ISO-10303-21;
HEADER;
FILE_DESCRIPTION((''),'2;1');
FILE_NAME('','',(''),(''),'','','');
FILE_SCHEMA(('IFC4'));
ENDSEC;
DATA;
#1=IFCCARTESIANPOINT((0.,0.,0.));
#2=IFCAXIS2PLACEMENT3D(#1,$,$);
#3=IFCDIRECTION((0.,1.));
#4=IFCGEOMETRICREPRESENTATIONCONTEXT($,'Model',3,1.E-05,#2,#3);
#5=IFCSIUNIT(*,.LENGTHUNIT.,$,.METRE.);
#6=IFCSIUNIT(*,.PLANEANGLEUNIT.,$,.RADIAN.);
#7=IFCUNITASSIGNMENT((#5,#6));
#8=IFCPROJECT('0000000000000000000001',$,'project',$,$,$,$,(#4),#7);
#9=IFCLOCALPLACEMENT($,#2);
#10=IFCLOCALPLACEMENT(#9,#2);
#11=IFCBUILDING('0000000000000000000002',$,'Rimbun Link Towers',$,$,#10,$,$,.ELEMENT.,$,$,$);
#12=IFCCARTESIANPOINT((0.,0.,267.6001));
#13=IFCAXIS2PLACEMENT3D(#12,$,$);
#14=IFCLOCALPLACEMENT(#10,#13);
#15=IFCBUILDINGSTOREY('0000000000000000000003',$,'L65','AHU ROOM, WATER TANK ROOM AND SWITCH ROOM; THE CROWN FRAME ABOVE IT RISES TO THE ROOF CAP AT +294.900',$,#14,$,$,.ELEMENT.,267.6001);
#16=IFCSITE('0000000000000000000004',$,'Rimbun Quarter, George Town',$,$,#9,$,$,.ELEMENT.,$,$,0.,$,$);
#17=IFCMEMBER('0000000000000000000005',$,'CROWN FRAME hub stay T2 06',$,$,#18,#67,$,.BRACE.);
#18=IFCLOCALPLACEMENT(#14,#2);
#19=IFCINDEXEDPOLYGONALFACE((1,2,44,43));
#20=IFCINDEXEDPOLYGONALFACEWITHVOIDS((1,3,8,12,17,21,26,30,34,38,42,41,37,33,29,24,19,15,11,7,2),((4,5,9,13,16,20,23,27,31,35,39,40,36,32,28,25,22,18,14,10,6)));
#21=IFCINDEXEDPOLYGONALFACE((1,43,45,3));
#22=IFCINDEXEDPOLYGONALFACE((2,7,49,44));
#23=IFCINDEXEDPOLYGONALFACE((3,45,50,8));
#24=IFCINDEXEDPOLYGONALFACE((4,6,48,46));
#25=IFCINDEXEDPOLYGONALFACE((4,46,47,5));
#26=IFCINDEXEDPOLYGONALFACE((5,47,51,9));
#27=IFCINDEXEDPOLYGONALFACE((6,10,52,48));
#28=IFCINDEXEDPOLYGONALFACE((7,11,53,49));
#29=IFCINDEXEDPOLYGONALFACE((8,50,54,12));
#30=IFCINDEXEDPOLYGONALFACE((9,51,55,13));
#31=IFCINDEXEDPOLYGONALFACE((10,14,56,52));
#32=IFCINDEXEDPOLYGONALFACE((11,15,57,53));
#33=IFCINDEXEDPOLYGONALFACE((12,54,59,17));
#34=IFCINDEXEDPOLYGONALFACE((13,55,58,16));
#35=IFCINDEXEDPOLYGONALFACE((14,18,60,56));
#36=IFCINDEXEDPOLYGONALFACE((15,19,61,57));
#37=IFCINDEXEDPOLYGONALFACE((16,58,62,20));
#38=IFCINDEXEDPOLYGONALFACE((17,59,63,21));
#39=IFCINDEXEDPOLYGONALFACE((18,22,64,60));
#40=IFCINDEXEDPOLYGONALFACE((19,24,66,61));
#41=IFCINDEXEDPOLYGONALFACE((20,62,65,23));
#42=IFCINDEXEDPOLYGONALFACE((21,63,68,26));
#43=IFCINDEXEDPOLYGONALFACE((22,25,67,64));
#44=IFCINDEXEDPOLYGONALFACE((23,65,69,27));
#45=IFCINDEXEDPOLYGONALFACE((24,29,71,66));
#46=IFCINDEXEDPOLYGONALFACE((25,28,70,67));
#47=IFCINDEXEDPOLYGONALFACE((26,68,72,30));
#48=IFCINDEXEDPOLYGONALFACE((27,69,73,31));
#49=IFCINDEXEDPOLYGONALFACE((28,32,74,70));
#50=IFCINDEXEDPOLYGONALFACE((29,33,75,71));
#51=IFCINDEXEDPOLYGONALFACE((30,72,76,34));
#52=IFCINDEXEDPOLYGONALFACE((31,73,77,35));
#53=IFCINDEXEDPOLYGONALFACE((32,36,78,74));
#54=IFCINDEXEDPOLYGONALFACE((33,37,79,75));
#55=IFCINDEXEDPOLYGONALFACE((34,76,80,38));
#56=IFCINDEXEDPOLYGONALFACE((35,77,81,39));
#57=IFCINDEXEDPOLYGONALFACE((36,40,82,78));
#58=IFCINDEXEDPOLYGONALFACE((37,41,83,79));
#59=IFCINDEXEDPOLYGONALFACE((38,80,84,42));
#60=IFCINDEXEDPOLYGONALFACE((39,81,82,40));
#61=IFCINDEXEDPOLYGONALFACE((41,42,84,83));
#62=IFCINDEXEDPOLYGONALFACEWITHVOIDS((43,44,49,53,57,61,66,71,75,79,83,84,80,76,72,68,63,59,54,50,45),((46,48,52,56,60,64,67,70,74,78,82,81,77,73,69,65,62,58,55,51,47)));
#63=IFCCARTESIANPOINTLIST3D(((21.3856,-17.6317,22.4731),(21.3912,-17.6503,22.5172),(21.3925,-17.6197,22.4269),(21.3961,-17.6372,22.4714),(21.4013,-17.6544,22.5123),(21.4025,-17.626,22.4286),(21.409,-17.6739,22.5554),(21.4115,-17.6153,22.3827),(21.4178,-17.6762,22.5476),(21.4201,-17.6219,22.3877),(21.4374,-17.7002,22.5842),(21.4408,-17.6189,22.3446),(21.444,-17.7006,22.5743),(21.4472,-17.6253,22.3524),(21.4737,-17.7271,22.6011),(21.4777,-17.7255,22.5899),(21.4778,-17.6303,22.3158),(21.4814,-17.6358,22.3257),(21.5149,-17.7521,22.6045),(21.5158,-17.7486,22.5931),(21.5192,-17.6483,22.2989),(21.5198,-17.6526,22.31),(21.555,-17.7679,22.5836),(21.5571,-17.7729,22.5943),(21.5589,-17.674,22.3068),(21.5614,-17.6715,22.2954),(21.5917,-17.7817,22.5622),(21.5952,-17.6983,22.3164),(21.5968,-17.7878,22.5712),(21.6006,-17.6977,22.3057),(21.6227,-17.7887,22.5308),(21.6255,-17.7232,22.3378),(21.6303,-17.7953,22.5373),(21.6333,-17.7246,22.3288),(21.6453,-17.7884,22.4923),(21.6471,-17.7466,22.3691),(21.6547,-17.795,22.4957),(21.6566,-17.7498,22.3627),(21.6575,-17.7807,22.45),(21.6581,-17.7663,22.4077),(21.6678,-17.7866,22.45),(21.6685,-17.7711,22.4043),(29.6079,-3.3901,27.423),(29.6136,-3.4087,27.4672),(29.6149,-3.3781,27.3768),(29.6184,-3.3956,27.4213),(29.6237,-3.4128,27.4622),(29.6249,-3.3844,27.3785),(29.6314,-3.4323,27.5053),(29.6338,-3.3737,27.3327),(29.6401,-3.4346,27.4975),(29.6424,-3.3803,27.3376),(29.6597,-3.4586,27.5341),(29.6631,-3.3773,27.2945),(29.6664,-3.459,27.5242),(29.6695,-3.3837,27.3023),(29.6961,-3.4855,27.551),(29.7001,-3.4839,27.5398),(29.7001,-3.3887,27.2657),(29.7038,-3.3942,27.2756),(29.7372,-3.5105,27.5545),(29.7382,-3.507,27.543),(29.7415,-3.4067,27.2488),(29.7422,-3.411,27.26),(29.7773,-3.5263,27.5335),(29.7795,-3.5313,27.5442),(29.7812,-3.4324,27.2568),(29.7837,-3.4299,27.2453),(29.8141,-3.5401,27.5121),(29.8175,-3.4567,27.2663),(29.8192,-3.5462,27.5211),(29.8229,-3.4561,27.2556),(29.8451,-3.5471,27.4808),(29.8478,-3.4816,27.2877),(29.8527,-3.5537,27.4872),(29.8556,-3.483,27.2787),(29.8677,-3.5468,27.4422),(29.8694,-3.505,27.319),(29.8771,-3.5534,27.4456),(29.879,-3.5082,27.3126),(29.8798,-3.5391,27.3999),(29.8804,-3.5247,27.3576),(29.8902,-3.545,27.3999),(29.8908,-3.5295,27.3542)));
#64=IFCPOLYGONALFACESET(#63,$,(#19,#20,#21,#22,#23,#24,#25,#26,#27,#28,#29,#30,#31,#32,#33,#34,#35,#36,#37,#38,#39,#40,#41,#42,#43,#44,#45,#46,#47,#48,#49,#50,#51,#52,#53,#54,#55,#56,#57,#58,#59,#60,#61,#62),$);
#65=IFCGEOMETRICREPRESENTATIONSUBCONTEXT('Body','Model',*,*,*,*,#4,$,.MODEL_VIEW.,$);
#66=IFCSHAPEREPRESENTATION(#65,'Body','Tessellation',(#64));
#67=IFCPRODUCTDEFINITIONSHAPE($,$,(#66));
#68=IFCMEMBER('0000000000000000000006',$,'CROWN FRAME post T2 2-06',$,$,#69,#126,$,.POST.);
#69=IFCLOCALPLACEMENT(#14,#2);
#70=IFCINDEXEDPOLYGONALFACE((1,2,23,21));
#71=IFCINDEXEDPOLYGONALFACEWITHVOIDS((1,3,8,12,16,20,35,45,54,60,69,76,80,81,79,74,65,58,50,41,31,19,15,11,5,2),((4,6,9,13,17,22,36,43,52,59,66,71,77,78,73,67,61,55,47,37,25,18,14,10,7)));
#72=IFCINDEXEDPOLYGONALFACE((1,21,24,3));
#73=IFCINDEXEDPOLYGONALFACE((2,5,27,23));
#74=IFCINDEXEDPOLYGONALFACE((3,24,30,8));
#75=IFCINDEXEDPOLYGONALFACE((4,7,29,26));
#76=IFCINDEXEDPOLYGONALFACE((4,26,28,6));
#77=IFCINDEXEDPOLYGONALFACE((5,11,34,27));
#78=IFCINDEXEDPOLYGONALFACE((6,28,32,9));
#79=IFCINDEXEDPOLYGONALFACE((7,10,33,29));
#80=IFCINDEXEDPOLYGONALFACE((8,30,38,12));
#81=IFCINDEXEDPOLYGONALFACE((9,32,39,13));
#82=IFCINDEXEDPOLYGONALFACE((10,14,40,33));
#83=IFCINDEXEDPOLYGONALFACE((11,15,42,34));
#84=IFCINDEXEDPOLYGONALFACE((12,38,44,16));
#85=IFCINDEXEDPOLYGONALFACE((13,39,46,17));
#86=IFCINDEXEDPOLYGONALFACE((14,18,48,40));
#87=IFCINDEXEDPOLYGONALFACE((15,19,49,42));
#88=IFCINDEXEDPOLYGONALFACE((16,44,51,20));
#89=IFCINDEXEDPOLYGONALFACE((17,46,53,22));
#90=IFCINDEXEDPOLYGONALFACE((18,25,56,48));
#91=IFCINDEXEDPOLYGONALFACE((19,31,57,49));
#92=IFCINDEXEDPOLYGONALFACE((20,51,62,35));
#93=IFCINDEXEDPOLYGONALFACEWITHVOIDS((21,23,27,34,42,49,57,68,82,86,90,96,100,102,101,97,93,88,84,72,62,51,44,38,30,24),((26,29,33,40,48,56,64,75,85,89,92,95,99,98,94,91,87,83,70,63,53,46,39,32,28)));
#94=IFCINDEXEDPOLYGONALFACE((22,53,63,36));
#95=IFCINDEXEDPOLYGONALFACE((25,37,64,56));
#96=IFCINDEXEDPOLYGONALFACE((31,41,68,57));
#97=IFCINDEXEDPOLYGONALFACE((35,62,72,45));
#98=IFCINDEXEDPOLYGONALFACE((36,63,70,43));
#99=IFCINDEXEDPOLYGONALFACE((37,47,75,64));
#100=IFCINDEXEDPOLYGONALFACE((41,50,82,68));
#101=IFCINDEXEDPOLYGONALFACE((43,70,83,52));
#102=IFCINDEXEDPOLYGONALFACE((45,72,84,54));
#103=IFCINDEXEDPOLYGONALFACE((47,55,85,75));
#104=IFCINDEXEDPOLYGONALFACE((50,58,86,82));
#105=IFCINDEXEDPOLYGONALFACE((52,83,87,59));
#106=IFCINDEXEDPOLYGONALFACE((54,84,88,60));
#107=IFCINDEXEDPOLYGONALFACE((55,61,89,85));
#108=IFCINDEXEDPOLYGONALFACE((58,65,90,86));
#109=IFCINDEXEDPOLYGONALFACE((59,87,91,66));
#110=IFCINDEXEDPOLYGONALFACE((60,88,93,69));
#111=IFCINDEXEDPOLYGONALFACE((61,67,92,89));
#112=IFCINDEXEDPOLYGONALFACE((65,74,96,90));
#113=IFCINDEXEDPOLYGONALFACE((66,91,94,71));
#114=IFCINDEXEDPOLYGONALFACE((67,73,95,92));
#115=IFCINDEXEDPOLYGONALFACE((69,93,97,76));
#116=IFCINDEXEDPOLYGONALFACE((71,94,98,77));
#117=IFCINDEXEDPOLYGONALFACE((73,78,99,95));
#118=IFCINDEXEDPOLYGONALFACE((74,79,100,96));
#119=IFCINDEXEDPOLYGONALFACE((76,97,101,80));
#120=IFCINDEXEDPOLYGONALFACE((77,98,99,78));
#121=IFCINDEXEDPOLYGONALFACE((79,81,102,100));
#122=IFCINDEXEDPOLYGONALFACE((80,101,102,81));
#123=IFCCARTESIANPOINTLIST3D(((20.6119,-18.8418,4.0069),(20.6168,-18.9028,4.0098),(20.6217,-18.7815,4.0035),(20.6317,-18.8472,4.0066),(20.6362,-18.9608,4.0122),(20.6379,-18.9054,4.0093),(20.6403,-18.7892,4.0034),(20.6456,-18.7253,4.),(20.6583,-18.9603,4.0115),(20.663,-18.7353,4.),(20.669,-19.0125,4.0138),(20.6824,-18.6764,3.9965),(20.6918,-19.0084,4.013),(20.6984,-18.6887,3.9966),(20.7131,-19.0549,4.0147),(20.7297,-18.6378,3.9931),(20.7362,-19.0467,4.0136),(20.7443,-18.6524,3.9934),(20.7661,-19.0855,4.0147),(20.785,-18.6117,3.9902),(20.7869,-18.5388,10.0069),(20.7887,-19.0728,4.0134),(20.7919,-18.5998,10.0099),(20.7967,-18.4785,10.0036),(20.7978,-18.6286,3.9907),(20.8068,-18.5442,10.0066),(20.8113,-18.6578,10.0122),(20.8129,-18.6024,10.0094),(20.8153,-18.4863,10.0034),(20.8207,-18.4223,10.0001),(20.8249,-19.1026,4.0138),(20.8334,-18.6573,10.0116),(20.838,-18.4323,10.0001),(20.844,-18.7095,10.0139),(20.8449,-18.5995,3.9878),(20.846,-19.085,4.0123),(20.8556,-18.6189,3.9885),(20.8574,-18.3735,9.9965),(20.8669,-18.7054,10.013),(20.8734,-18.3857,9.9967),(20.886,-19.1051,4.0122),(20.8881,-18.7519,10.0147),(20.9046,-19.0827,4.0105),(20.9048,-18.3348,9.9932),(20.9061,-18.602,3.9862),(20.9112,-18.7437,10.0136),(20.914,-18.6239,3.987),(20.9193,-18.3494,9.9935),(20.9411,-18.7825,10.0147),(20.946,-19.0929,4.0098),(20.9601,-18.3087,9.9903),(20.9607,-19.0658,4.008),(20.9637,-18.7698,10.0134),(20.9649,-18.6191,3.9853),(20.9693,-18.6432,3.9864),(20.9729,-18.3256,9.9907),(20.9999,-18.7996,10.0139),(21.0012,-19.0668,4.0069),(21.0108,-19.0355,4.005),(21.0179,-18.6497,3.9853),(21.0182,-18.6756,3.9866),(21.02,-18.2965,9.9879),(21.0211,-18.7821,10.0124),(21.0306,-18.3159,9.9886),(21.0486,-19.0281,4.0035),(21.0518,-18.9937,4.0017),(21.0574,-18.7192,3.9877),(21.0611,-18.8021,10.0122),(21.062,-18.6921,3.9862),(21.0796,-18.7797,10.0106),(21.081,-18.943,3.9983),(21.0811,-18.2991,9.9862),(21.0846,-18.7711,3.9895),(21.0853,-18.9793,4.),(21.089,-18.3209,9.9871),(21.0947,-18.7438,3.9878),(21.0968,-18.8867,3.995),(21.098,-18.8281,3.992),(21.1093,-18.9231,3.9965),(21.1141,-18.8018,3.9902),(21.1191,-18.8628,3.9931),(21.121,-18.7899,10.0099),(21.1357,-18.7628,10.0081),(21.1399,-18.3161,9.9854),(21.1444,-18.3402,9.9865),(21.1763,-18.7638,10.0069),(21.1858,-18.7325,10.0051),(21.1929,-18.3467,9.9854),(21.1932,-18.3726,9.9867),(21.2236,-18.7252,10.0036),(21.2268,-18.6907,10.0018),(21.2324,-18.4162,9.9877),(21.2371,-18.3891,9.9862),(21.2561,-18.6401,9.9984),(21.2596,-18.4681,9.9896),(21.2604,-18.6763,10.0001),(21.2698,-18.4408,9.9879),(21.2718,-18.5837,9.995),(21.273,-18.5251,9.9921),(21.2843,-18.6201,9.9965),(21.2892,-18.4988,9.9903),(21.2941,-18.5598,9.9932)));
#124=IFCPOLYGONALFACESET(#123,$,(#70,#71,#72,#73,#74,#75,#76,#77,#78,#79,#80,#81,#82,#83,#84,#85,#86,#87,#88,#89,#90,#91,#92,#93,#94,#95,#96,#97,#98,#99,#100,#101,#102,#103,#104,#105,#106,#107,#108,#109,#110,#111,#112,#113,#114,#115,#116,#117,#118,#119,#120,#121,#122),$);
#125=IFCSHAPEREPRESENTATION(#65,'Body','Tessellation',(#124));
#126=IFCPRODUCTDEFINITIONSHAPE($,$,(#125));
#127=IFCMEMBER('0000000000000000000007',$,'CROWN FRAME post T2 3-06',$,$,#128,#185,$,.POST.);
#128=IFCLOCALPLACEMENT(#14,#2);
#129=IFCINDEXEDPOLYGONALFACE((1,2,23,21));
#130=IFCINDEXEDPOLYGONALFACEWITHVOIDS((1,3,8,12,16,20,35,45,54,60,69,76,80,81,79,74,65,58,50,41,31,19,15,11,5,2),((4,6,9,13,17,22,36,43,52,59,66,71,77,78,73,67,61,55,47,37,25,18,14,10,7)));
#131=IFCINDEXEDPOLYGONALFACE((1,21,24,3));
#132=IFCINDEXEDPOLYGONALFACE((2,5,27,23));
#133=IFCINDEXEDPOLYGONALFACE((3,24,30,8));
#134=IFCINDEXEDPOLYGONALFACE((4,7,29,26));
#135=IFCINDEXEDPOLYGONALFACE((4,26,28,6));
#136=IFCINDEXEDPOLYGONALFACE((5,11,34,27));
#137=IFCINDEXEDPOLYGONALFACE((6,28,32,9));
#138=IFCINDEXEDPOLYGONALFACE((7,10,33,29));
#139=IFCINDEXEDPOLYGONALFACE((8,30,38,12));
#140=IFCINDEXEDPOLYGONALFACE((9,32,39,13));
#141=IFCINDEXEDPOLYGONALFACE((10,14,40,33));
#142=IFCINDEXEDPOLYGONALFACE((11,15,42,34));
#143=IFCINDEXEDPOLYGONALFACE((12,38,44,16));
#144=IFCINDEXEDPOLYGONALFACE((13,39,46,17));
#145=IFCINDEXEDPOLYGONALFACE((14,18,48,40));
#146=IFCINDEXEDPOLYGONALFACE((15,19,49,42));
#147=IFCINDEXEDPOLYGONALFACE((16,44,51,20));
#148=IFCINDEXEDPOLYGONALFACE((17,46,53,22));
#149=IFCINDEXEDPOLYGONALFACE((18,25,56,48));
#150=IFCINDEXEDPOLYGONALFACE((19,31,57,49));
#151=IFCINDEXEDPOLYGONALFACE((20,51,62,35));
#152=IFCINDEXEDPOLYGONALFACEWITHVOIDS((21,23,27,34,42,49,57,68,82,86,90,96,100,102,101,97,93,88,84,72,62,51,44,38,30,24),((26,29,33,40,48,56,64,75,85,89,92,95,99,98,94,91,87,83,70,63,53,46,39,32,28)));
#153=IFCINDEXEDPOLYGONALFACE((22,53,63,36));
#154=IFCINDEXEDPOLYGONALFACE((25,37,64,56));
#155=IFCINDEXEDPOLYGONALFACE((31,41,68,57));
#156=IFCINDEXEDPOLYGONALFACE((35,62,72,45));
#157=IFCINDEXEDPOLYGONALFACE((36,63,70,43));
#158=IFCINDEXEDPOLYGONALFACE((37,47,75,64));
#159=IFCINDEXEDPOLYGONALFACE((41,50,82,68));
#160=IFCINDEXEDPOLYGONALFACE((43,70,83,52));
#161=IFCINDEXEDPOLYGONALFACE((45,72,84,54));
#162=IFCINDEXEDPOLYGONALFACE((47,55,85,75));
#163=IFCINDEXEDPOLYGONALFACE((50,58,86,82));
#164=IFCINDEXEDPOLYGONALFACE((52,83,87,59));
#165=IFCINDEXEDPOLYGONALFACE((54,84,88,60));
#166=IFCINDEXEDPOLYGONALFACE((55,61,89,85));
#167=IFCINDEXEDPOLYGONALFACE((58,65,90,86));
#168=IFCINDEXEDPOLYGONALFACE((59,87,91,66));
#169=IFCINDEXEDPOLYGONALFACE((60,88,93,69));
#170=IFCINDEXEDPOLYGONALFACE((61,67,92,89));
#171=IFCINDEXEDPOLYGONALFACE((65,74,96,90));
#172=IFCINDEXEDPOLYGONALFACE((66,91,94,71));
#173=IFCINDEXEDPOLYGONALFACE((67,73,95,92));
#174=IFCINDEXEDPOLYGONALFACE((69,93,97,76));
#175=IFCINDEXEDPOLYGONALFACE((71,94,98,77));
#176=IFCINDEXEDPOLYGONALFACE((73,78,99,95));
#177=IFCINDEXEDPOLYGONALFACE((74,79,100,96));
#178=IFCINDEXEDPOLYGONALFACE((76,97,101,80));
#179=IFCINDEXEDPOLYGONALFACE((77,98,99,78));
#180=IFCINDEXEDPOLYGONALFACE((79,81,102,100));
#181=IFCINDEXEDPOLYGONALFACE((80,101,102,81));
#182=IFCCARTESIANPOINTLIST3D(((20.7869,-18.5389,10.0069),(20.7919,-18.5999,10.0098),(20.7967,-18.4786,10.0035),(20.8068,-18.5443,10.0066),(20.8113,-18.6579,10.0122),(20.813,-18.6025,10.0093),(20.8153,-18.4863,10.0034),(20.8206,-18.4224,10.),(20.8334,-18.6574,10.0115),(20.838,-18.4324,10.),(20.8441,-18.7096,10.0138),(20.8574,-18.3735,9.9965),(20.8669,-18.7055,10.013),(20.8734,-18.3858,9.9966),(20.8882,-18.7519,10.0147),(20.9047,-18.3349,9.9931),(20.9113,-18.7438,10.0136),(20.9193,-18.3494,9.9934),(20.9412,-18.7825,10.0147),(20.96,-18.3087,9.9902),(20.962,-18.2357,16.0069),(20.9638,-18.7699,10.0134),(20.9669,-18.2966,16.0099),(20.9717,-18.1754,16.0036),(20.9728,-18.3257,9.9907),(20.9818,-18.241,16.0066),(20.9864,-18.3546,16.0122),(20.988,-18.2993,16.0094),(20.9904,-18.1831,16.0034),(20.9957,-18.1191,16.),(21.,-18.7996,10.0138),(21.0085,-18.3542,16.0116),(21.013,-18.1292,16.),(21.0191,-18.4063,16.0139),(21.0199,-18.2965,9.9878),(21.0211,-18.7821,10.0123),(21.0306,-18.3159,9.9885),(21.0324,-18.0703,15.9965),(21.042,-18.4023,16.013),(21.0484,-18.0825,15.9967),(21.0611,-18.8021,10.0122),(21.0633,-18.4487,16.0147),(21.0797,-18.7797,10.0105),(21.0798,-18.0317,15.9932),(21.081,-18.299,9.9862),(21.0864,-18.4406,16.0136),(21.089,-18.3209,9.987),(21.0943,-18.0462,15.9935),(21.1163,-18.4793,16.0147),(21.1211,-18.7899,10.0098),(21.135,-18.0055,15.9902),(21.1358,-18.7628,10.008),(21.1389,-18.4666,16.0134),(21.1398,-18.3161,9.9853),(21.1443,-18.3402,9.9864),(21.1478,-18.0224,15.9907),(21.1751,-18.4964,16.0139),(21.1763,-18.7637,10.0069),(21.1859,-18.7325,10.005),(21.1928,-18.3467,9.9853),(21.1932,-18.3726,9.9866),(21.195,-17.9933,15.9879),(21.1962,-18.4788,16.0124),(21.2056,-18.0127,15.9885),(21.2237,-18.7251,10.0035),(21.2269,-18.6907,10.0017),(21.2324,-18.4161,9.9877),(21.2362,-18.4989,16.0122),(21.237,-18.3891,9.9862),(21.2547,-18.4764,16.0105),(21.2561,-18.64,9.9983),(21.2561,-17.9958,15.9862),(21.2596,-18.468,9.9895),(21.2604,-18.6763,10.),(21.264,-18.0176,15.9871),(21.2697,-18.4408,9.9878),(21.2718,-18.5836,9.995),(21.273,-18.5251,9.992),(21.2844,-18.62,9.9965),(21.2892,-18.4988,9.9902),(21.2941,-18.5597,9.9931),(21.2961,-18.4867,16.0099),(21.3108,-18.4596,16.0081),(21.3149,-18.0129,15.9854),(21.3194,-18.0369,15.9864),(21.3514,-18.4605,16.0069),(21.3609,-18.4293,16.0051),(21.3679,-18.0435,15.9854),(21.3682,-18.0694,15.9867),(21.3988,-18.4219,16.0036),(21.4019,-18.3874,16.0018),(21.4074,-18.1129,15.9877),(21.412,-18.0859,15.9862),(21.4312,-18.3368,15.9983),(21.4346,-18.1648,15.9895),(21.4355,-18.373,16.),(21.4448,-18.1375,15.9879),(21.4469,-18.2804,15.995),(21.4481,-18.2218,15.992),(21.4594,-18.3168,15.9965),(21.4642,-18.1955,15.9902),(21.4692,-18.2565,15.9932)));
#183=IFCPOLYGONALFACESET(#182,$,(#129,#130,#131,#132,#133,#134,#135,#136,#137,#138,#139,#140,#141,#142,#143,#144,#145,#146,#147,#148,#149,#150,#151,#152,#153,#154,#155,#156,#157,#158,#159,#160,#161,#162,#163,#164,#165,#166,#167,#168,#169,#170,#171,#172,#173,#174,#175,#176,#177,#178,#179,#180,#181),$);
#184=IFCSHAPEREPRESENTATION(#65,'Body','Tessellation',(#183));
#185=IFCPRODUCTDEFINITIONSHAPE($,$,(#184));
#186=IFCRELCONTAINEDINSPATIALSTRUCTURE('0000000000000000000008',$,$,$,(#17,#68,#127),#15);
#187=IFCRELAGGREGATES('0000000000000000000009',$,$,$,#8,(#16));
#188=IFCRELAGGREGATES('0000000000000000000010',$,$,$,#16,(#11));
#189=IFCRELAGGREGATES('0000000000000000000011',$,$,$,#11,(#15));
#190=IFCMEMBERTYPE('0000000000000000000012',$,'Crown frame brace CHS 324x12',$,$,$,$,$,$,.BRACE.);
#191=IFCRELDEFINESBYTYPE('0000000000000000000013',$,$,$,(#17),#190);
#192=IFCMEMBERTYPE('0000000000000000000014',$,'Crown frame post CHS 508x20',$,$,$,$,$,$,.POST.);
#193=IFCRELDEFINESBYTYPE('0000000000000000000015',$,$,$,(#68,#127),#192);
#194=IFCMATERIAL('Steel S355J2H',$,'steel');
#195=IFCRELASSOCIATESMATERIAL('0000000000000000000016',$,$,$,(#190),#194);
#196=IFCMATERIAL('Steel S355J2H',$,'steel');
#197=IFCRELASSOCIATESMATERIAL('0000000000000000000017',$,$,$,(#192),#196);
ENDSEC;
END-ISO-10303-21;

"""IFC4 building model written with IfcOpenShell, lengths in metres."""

from ifc_helpers import new_model, si_unit, direction, frame, origin, origin_2d, place, context, subcontext, project, spatial, hollow_circle, extrude, material, material_profile, profile_set, type_object, element, save


model = new_model("IFC4")

# Units and contexts
model_context = context("Model", 3, precision=1e-05, world=origin(), true_north=direction((0.0, 1.0)))
body_context = subcontext(model_context, "Body", "Model", "MODEL_VIEW")
ifc_project = project(units=[si_unit("LENGTHUNIT", "METRE"), si_unit("PLANEANGLEUNIT", "RADIAN")], contexts=[model_context])

# Site, building, storey
site_placement = place(None, origin())
site = spatial("IfcSite", under=ifc_project, at=site_placement, Name="Rimbun Quarter, George Town", CompositionType="ELEMENT", RefElevation=0.0)
building_placement = place(site_placement, origin())
building = spatial("IfcBuilding", under=site, at=building_placement, Name="Rimbun Link Towers", CompositionType="ELEMENT")
storey_placement = place(building_placement, frame((0.0, 0.0, 267.6001)))
storey = spatial("IfcBuildingStorey", under=building, at=storey_placement, Name="L65", Description="AHU ROOM, WATER TANK ROOM AND SWITCH ROOM; THE CROWN FRAME ABOVE IT RISES TO THE ROOF CAP AT +294.900", CompositionType="ELEMENT", Elevation=267.6001)

# Members
ifc_material_1 = material(Name="Steel S355J2H", Category="steel")
ifc_material_profile_1 = material_profile(ifc_material_1, hollow_circle(Radius=0.1619, WallThickness=0.012, at=origin_2d()), Name="Crown frame brace CHS 324x12")
ifc_profile_set_1 = profile_set([ifc_material_profile_1], Name="Steel S355J2H")
member_type_1 = type_object("IfcMemberType", Name="Crown frame brace CHS 324x12", PredefinedType="BRACE", material=ifc_profile_set_1)
member_1_placement = place(storey_placement, frame((29.75, -3.4641, 27.3999), z_axis=(-0.478779, -0.829274, -0.288229), x_axis=(0.866026, -0.499998, 0.0)))
element("IfcMember", 1, at=member_1_placement, inside=storey, type_object=member_type_1, Name="CROWN FRAME hub stay T2 06", PredefinedType="BRACE", context=body_context, shape_type="SweptSolid", body=[
    extrude(hollow_circle(Radius=0.1619, WallThickness=0.012, at=origin_2d()), origin(), (0.0, 0.0, 1.0), 17.1736),
])
ifc_material_2 = material(Name="Steel S355J2H", Category="steel")
ifc_material_profile_2 = material_profile(ifc_material_2, hollow_circle(Radius=0.2539, WallThickness=0.02, at=origin_2d()), Name="Crown frame post CHS 508x20")
ifc_profile_set_2 = profile_set([ifc_material_profile_2], Name="Steel S355J2H")
member_type_2 = type_object("IfcMemberType", Name="Crown frame post CHS 508x20", PredefinedType="POST", material=ifc_profile_set_2)
for number, where, z_axis, x_axis, name in (
    (2, (20.8655, -18.8523, 4.0), (0.029125, 0.050411, 0.998304), (-0.865872, 0.500266, 0.0), "CROWN FRAME post T2 2-06"),
    (3, (21.0405, -18.5493, 10.0), (0.029125, 0.050451, 0.998302), (-0.866046, 0.499964, 0.0), "CROWN FRAME post T2 3-06"),
):
    element("IfcMember", number, at=place(storey_placement, frame(where, z_axis=z_axis, x_axis=x_axis)), inside=storey, type_object=member_type_2, Name=name, PredefinedType="POST", context=body_context, shape_type="SweptSolid", body=[
        extrude(hollow_circle(Radius=0.2539, WallThickness=0.02, at=origin_2d()), origin(), (0.0, 0.0, 1.0), 6.0103),
    ])

save(model, "model.ifc")
